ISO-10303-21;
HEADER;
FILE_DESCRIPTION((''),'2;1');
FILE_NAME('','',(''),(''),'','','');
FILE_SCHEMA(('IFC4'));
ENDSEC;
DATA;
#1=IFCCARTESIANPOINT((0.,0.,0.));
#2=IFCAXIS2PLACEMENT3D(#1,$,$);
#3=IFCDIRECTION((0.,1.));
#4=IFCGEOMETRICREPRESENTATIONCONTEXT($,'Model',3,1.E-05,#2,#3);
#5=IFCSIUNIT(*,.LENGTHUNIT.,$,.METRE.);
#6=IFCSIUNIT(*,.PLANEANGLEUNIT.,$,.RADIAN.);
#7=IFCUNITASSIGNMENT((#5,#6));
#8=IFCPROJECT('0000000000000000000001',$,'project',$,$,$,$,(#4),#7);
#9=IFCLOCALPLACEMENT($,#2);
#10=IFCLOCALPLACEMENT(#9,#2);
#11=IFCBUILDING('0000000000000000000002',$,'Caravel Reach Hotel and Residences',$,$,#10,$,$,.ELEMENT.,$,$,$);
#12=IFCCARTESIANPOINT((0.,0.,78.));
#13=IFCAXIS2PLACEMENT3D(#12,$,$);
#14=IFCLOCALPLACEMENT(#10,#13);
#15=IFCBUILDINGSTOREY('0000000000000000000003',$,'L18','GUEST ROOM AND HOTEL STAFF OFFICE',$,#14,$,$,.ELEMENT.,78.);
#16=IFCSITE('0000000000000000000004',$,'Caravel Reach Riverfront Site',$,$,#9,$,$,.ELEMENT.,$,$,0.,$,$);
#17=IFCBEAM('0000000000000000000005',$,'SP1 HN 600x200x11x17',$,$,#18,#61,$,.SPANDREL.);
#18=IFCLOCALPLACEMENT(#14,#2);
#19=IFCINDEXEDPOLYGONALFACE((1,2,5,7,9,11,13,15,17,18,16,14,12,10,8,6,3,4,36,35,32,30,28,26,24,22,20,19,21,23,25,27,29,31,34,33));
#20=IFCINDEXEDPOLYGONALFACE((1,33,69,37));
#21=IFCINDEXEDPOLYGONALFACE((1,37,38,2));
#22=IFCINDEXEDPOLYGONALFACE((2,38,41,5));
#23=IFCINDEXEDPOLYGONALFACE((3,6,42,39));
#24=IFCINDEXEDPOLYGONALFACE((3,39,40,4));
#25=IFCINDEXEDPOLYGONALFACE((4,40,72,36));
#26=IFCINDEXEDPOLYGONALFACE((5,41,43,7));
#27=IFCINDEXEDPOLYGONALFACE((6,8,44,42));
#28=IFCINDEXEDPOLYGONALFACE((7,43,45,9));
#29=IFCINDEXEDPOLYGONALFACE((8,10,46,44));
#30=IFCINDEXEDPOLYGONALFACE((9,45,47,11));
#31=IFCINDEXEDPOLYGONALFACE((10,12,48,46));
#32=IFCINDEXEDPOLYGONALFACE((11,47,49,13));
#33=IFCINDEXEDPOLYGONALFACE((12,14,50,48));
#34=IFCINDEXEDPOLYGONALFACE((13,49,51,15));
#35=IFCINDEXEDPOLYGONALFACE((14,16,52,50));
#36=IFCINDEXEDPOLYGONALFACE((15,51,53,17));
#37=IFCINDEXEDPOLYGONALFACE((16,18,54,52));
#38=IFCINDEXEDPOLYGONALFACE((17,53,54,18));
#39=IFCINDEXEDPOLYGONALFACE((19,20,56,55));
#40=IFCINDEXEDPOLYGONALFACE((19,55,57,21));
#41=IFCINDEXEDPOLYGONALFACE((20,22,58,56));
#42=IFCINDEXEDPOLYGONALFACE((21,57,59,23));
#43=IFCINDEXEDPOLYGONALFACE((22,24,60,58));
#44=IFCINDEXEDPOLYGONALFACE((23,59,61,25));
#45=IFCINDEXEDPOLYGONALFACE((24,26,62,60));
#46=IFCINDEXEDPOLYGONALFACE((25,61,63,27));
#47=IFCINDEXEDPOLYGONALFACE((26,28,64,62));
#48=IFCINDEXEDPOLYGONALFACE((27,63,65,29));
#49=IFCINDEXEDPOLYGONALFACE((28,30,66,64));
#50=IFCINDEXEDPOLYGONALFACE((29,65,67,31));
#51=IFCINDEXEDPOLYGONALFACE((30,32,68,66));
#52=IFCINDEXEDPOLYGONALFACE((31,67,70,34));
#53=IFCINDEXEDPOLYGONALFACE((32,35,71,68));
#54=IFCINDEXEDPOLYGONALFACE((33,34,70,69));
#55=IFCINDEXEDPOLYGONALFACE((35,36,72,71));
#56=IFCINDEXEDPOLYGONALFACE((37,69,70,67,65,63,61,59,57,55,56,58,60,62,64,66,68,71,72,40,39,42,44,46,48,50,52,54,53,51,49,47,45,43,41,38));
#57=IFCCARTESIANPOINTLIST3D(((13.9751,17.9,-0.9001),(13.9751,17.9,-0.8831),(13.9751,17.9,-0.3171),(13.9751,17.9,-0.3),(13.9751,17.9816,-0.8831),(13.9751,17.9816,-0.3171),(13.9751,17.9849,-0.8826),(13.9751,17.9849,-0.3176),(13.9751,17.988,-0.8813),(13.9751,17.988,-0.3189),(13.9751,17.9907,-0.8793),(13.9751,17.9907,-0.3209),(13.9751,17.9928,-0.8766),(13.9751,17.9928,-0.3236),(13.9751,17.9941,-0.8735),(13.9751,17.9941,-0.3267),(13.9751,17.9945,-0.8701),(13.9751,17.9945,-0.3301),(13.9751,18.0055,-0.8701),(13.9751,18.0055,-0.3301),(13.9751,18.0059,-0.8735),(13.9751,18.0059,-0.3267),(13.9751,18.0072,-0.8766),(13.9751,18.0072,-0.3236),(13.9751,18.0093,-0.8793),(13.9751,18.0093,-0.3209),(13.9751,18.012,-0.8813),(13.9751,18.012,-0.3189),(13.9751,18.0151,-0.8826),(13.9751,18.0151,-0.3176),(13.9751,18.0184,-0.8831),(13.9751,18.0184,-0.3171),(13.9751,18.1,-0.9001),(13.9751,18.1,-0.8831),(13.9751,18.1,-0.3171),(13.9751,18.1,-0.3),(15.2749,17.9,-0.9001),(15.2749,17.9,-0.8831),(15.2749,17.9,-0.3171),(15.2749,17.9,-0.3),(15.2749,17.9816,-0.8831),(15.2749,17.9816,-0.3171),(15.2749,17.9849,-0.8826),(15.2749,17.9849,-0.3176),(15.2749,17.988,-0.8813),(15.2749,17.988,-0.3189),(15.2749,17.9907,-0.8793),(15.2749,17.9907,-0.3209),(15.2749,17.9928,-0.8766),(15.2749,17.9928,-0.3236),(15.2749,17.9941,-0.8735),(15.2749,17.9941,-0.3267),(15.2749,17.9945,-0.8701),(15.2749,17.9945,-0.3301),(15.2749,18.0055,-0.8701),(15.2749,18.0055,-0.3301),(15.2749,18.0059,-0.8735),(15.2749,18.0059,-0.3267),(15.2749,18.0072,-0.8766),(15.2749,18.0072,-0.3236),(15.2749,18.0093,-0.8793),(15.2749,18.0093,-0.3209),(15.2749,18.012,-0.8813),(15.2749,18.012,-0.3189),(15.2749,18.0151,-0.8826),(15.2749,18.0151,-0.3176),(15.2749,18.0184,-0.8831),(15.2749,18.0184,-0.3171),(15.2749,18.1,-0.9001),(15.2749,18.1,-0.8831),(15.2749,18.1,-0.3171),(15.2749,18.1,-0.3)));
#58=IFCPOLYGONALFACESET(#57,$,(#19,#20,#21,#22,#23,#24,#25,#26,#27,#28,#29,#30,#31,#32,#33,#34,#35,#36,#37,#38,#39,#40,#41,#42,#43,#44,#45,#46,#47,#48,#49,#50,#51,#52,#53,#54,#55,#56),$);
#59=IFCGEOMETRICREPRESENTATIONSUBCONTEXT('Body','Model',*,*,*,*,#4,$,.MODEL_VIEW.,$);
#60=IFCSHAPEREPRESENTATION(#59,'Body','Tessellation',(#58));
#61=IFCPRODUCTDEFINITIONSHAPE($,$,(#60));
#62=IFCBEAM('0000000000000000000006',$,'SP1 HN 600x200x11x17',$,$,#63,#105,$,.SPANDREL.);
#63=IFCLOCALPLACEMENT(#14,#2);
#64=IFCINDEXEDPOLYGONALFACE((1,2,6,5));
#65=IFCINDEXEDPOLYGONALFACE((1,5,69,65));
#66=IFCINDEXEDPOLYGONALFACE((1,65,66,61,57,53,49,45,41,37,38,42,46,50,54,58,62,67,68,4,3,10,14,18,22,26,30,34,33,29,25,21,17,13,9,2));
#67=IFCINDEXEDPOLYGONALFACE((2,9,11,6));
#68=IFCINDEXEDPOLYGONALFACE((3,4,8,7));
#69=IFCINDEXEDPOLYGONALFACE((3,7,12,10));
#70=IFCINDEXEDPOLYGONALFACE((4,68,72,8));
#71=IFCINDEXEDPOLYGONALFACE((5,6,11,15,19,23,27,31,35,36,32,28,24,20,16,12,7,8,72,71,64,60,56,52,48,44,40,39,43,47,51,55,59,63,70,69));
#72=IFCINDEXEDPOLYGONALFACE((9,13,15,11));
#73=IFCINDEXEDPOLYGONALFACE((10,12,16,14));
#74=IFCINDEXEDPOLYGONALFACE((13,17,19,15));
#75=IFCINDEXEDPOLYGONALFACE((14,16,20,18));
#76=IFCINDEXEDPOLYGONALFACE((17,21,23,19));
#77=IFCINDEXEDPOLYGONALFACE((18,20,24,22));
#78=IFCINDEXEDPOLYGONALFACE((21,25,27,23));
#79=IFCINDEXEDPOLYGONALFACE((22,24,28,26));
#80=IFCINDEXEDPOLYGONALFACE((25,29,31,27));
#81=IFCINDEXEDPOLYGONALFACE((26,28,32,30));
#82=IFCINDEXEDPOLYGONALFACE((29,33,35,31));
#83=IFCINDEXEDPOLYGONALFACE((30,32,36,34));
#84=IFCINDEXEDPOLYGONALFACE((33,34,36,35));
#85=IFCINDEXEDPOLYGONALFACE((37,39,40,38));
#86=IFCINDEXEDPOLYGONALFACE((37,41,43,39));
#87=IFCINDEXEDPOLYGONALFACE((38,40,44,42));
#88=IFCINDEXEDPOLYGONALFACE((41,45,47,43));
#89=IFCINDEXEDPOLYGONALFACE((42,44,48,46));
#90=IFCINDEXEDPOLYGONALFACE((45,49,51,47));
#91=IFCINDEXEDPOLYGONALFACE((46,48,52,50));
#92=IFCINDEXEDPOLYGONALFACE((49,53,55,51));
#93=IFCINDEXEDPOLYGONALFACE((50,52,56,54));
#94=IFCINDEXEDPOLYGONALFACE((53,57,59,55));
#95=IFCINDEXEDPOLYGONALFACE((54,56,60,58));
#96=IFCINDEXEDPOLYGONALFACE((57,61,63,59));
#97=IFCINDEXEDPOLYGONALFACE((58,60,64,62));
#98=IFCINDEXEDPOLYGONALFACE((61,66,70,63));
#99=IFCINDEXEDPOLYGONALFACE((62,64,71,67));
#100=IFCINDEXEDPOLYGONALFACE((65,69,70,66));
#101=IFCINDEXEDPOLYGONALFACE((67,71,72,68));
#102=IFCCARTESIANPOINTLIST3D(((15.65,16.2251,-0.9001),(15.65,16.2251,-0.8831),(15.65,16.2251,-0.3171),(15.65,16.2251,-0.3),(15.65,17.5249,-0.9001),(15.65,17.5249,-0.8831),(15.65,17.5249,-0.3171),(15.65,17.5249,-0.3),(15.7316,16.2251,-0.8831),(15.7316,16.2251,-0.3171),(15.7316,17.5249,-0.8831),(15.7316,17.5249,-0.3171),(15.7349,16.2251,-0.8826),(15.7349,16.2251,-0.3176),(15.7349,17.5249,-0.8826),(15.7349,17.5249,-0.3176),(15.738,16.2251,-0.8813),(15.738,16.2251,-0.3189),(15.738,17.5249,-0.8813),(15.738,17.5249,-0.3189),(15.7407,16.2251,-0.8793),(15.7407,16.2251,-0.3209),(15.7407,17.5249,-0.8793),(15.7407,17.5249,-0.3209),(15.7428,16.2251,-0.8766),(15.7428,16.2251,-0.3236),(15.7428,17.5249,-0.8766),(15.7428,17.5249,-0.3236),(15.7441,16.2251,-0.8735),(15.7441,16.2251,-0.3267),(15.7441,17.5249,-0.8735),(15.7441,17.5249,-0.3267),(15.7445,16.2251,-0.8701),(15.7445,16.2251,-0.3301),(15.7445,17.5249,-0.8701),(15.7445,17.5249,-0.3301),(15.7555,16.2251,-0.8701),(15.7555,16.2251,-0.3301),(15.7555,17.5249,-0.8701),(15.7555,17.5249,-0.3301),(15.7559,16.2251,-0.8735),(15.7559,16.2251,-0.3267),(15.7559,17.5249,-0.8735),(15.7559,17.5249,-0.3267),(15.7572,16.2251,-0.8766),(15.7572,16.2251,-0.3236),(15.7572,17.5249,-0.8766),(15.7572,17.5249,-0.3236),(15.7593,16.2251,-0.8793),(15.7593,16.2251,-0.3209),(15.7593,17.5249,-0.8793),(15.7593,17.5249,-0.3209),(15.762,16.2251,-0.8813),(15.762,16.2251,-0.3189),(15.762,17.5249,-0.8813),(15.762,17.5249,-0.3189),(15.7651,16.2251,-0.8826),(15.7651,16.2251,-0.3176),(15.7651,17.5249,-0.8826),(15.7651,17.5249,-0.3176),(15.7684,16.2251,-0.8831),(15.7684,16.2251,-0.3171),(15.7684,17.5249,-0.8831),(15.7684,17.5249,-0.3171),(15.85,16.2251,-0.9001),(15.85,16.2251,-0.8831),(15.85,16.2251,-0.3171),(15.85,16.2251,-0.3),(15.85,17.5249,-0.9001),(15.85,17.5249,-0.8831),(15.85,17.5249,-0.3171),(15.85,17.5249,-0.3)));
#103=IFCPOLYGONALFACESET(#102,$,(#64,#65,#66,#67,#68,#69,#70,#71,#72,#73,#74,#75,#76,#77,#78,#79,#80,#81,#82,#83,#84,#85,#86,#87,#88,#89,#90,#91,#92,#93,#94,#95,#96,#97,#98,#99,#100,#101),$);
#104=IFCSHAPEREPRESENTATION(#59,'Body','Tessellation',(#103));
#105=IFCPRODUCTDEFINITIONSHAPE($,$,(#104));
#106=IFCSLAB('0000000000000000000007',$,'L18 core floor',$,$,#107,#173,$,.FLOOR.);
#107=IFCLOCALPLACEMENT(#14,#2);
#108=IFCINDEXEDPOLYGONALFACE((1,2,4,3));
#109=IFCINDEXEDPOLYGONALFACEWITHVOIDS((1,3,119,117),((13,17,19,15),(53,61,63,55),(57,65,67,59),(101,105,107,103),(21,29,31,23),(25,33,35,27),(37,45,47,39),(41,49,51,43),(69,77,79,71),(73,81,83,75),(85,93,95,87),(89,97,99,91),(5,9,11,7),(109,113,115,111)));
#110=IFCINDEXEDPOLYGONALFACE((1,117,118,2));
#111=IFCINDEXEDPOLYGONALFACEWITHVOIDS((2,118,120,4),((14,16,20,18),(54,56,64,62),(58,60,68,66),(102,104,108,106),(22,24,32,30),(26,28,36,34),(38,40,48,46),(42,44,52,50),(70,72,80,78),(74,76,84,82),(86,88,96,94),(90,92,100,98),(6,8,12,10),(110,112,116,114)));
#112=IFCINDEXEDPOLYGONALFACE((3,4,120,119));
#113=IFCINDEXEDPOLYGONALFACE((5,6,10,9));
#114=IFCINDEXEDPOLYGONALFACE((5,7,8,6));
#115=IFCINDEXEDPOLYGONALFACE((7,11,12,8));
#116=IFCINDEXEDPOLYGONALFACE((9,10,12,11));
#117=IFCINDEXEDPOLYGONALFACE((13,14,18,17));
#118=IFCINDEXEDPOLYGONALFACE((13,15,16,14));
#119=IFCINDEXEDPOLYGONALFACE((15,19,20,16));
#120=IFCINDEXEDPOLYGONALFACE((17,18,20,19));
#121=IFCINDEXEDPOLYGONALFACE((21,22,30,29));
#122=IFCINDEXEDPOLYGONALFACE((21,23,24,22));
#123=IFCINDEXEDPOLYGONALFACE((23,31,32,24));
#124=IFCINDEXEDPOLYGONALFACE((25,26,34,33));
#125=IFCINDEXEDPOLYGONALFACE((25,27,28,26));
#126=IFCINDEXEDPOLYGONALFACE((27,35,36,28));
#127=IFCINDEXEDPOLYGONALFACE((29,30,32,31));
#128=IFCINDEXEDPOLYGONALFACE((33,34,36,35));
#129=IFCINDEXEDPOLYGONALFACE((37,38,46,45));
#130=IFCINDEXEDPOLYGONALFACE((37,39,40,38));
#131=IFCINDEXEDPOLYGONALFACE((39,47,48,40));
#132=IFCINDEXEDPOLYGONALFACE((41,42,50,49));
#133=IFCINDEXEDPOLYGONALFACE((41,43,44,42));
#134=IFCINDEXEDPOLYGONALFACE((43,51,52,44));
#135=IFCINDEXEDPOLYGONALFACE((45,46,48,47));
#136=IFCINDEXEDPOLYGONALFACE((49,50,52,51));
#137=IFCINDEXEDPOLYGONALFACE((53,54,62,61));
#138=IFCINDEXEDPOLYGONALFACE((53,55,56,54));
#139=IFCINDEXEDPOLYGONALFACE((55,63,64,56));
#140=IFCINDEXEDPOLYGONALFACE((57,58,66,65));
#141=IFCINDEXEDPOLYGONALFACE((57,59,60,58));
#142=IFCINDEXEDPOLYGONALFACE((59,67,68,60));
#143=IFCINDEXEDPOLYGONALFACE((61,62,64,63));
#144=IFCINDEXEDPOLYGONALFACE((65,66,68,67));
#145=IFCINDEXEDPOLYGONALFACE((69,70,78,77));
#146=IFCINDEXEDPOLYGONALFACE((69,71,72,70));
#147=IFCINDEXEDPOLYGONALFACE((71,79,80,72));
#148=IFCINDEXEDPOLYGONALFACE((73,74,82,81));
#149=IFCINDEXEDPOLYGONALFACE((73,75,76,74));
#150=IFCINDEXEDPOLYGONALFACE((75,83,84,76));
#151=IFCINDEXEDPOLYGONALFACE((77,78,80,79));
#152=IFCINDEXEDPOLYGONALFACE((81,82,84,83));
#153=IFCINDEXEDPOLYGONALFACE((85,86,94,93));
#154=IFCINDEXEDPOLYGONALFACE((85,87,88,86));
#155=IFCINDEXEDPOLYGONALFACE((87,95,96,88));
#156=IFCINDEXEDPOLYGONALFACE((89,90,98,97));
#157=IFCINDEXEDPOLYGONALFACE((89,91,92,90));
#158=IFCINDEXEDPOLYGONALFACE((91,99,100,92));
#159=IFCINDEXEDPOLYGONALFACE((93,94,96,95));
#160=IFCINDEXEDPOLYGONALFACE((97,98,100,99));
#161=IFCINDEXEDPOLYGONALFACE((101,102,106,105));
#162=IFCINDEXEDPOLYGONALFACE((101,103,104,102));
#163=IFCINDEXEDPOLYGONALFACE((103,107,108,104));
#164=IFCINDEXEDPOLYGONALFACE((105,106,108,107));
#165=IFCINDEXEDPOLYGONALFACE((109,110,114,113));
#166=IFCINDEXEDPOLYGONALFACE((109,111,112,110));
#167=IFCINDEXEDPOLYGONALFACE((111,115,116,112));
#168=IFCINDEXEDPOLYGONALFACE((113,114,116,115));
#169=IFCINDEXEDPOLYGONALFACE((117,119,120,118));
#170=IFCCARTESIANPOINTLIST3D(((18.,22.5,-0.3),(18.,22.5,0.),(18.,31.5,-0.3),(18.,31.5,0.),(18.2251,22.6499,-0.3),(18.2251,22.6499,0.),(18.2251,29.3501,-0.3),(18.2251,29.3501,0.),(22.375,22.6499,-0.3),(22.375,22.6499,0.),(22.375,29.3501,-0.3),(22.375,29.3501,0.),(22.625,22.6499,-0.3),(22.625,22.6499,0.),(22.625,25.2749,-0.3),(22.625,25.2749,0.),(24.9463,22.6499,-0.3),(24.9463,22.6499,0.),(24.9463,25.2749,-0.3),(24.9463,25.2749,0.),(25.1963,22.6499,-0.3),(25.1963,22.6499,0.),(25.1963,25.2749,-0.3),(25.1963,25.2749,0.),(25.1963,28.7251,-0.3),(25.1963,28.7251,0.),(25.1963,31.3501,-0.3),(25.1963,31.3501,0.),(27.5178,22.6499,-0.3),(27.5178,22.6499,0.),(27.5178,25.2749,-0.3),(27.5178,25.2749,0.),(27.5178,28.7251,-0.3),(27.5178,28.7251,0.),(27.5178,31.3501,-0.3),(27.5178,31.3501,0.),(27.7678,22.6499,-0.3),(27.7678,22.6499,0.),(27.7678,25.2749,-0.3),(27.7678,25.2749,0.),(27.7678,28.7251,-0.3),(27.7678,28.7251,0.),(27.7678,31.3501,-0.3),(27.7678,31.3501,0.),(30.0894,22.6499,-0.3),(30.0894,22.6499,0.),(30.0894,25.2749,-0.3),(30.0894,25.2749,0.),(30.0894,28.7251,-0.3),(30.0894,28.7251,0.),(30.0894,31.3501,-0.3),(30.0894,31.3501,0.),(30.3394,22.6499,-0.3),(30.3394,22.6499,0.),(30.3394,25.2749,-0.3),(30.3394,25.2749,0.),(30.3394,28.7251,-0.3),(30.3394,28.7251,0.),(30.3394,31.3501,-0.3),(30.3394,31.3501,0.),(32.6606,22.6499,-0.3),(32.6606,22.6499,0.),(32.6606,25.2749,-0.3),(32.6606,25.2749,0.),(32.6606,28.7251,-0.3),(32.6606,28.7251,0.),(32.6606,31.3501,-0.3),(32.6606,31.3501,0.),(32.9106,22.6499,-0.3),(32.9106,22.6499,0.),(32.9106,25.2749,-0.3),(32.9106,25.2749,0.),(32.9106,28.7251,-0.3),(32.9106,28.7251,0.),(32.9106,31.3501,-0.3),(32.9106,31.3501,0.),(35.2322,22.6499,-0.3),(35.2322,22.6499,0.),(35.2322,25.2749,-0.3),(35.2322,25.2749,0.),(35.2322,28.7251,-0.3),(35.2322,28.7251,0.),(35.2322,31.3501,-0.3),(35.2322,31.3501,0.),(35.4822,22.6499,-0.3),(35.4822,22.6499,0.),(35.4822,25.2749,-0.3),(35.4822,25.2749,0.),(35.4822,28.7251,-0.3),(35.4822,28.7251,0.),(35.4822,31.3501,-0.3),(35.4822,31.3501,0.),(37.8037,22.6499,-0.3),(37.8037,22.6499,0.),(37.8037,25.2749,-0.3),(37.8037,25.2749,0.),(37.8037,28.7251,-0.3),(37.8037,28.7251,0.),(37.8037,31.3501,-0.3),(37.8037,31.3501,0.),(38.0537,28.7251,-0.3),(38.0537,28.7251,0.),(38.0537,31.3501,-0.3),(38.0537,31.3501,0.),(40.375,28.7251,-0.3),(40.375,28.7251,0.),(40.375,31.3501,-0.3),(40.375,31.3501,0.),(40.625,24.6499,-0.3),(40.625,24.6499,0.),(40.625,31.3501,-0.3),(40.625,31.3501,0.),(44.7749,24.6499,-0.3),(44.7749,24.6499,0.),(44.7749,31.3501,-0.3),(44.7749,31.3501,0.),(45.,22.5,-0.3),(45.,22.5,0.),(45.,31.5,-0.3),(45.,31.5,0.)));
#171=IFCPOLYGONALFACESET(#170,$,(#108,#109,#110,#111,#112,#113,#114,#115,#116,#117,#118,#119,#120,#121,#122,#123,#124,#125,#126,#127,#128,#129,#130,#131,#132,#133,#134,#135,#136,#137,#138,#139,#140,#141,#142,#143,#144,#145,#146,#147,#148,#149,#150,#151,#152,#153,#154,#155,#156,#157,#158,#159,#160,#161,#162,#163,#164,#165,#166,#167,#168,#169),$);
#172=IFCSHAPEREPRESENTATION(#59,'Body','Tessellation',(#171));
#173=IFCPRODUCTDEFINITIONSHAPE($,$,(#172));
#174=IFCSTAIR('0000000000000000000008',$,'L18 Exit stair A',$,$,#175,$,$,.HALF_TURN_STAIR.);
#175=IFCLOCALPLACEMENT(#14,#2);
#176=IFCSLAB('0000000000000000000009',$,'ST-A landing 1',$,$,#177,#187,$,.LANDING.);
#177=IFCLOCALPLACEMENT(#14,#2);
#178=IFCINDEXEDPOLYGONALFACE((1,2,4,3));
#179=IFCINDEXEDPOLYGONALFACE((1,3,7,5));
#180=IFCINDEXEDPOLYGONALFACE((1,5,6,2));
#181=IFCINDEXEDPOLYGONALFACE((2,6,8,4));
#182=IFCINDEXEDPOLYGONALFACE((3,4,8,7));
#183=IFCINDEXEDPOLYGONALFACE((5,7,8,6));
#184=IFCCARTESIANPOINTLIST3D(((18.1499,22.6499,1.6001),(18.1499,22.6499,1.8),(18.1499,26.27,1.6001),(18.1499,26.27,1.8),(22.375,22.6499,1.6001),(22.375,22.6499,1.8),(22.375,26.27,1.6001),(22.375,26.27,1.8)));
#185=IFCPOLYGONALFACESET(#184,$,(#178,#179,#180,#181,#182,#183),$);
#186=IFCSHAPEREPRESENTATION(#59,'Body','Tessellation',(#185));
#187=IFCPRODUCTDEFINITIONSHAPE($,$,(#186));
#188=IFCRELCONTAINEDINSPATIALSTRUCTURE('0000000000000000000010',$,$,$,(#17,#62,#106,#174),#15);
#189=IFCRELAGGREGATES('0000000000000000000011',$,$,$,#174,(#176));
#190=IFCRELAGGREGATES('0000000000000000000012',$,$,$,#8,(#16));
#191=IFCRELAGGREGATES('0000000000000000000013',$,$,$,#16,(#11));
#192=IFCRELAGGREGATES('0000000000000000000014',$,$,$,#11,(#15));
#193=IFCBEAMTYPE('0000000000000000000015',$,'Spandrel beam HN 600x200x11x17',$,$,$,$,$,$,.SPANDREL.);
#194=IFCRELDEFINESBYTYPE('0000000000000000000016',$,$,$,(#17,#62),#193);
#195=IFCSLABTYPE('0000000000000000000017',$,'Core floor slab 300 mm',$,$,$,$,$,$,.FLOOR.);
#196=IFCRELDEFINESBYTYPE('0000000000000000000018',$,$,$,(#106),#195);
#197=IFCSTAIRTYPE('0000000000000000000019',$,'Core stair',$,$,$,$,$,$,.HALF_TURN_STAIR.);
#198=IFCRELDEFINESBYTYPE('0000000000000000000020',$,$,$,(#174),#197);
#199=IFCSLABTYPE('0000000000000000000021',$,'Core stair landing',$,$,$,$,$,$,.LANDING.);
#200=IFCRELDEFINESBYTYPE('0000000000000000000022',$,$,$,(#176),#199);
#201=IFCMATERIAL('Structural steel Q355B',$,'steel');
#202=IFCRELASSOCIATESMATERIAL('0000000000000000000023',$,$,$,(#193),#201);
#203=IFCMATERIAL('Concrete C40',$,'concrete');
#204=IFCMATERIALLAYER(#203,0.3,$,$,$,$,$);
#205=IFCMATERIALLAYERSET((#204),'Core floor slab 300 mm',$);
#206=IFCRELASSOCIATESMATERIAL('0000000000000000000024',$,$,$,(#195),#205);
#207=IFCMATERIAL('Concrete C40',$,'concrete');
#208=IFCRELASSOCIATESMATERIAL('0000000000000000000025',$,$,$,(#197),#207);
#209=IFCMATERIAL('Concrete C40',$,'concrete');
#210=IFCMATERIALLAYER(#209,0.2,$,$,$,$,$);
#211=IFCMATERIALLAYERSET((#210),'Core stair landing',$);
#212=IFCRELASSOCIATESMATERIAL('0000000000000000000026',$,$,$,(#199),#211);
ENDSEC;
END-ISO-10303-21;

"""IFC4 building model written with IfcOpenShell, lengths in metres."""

from ifc_helpers import new_model, si_unit, direction, frame, origin, origin_2d, place, context, subcontext, project, spatial, polyline, i_section, outline, extrude, material, layer, layer_set, material_profile, profile_set, type_object, element, aggregate, save


model = new_model("IFC4")

# Units and contexts
model_context = context("Model", 3, precision=1e-05, world=origin(), true_north=direction((0.0, 1.0)))
body_context = subcontext(model_context, "Body", "Model", "MODEL_VIEW")
ifc_project = project(units=[si_unit("LENGTHUNIT", "METRE"), si_unit("PLANEANGLEUNIT", "RADIAN")], contexts=[model_context])

# Site, building, storey
site_placement = place(None, origin())
site = spatial("IfcSite", under=ifc_project, at=site_placement, Name="Caravel Reach Riverfront Site", CompositionType="ELEMENT", RefElevation=0.0)
building_placement = place(site_placement, origin())
building = spatial("IfcBuilding", under=site, at=building_placement, Name="Caravel Reach Hotel and Residences", CompositionType="ELEMENT")
storey_placement = place(building_placement, frame((0.0, 0.0, 78.0)))
storey = spatial("IfcBuildingStorey", under=building, at=storey_placement, Name="L18", Description="GUEST ROOM AND HOTEL STAFF OFFICE", CompositionType="ELEMENT", Elevation=78.0)

# Beams
ifc_material_1 = material(Name="Structural steel Q355B", Category="steel")
ifc_material_profile_1 = material_profile(ifc_material_1, i_section(OverallWidth=0.2, OverallDepth=0.6001, WebThickness=0.011, FlangeThickness=0.0171, FilletRadius=0.0129, at=origin_2d()), Name="HN 600x200x11x17")
ifc_profile_set_1 = profile_set([ifc_material_profile_1], Name="Structural steel Q355B")
beam_type_1 = type_object("IfcBeamType", Name="Spandrel beam HN 600x200x11x17", PredefinedType="SPANDREL", material=ifc_profile_set_1)
for number, where, z_axis, x_axis, name in (
    (1, (13.9751, 18.0, -0.6001), (1.0, 0.0, 0.0), (0.0, 1.0, 0.0), "SP1 HN 600x200x11x17"),
    (2, (15.75, 17.5249, -0.6001), (0.0, -1.0, 0.0), (1.0, 0.0, 0.0), "SP1 HN 600x200x11x17"),
):
    element("IfcBeam", number, at=place(storey_placement, frame(where, z_axis=z_axis, x_axis=x_axis)), inside=storey, type_object=beam_type_1, Name=name, PredefinedType="SPANDREL", context=body_context, shape_type="SweptSolid", body=[
        extrude(i_section(OverallWidth=0.2, OverallDepth=0.6001, WebThickness=0.011, FlangeThickness=0.0171, FilletRadius=0.0129, at=origin_2d()), origin(), (0.0, 0.0, 1.0), 1.2998),
    ])

# Slab
ifc_material_2 = material(Name="Concrete C40", Category="concrete")
ifc_layer_1 = layer(ifc_material_2, 0.3)
ifc_layer_set_1 = layer_set([ifc_layer_1], Name="Core floor slab 300 mm")
slab_type_1 = type_object("IfcSlabType", Name="Core floor slab 300 mm", PredefinedType="FLOOR", material=ifc_layer_set_1)
slab_1_placement = place(storey_placement, frame((0.0, 0.0, -0.3)))
element("IfcSlab", 3, at=slab_1_placement, inside=storey, type_object=slab_type_1, Name="L18 core floor", PredefinedType="FLOOR", context=body_context, shape_type="SweptSolid", body=[
    extrude(outline(polyline([(18.0, 31.5), (45.0, 31.5), (45.0, 22.5), (18.0, 22.5), (18.0, 31.5)]), holes=[polyline([(22.625, 25.2749), (22.625, 22.6499), (24.9463, 22.6499), (24.9463, 25.2749), (22.625, 25.2749)]), polyline([(27.5178, 25.2749), (25.1963, 25.2749), (25.1963, 22.6499), (27.5178, 22.6499), (27.5178, 25.2749)]), polyline([(30.0894, 25.2749), (27.7678, 25.2749), (27.7678, 22.6499), (30.0894, 22.6499), (30.0894, 25.2749)]), polyline([(32.6606, 25.2749), (30.3394, 25.2749), (30.3394, 22.6499), (32.6606, 22.6499), (32.6606, 25.2749)]), polyline([(18.2251, 22.6499), (22.375, 22.6499), (22.375, 29.3501), (18.2251, 29.3501), (18.2251, 22.6499)]), polyline([(27.5178, 31.3501), (25.1963, 31.3501), (25.1963, 28.7251), (27.5178, 28.7251), (27.5178, 31.3501)]), polyline([(30.0894, 31.3501), (27.7678, 31.3501), (27.7678, 28.7251), (30.0894, 28.7251), (30.0894, 31.3501)]), polyline([(32.9106, 25.2749), (32.9106, 22.6499), (35.2322, 22.6499), (35.2322, 25.2749), (32.9106, 25.2749)]), polyline([(37.8037, 25.2749), (35.4822, 25.2749), (35.4822, 22.6499), (37.8037, 22.6499), (37.8037, 25.2749)]), polyline([(44.7749, 31.3501), (40.625, 31.3501), (40.625, 24.6499), (44.7749, 24.6499), (44.7749, 31.3501)]), polyline([(32.6606, 31.3501), (30.3394, 31.3501), (30.3394, 28.7251), (32.6606, 28.7251), (32.6606, 31.3501)]), polyline([(35.2322, 31.3501), (32.9106, 31.3501), (32.9106, 28.7251), (35.2322, 28.7251), (35.2322, 31.3501)]), polyline([(37.8037, 31.3501), (35.4822, 31.3501), (35.4822, 28.7251), (37.8037, 28.7251), (37.8037, 31.3501)]), polyline([(40.375, 31.3501), (38.0537, 31.3501), (38.0537, 28.7251), (40.375, 28.7251), (40.375, 31.3501)])]), origin(), (0.0, 0.0, 1.0), 0.3),
])

# Stair, slab
ifc_material_3 = material(Name="Concrete C40", Category="concrete")
stair_type = type_object("IfcStairType", Name="Core stair", PredefinedType="HALF_TURN_STAIR", material=ifc_material_3)
stair_1_placement = place(storey_placement, origin())
stair_1 = element("IfcStair", 4, at=stair_1_placement, inside=storey, type_object=stair_type, Name="L18 Exit stair A", PredefinedType="HALF_TURN_STAIR")
ifc_material_4 = material(Name="Concrete C40", Category="concrete")
ifc_layer_2 = layer(ifc_material_4, 0.2)
ifc_layer_set_2 = layer_set([ifc_layer_2], Name="Core stair landing")
slab_type_2 = type_object("IfcSlabType", Name="Core stair landing", PredefinedType="LANDING", material=ifc_layer_set_2)
slab_2_placement = place(storey_placement, frame((0.0, 0.0, 1.6001)))
slab_2 = element("IfcSlab", 5, at=slab_2_placement, type_object=slab_type_2, Name="ST-A landing 1", PredefinedType="LANDING", context=body_context, shape_type="SweptSolid", body=[
    extrude(outline(polyline([(18.1499, 26.27), (18.1499, 22.6499), (22.375, 22.6499), (22.375, 26.27), (18.1499, 26.27)])), origin(), (0.0, 0.0, 1.0), 0.2),
])
aggregate(stair_1, [slab_2])

save(model, "model.ifc")
